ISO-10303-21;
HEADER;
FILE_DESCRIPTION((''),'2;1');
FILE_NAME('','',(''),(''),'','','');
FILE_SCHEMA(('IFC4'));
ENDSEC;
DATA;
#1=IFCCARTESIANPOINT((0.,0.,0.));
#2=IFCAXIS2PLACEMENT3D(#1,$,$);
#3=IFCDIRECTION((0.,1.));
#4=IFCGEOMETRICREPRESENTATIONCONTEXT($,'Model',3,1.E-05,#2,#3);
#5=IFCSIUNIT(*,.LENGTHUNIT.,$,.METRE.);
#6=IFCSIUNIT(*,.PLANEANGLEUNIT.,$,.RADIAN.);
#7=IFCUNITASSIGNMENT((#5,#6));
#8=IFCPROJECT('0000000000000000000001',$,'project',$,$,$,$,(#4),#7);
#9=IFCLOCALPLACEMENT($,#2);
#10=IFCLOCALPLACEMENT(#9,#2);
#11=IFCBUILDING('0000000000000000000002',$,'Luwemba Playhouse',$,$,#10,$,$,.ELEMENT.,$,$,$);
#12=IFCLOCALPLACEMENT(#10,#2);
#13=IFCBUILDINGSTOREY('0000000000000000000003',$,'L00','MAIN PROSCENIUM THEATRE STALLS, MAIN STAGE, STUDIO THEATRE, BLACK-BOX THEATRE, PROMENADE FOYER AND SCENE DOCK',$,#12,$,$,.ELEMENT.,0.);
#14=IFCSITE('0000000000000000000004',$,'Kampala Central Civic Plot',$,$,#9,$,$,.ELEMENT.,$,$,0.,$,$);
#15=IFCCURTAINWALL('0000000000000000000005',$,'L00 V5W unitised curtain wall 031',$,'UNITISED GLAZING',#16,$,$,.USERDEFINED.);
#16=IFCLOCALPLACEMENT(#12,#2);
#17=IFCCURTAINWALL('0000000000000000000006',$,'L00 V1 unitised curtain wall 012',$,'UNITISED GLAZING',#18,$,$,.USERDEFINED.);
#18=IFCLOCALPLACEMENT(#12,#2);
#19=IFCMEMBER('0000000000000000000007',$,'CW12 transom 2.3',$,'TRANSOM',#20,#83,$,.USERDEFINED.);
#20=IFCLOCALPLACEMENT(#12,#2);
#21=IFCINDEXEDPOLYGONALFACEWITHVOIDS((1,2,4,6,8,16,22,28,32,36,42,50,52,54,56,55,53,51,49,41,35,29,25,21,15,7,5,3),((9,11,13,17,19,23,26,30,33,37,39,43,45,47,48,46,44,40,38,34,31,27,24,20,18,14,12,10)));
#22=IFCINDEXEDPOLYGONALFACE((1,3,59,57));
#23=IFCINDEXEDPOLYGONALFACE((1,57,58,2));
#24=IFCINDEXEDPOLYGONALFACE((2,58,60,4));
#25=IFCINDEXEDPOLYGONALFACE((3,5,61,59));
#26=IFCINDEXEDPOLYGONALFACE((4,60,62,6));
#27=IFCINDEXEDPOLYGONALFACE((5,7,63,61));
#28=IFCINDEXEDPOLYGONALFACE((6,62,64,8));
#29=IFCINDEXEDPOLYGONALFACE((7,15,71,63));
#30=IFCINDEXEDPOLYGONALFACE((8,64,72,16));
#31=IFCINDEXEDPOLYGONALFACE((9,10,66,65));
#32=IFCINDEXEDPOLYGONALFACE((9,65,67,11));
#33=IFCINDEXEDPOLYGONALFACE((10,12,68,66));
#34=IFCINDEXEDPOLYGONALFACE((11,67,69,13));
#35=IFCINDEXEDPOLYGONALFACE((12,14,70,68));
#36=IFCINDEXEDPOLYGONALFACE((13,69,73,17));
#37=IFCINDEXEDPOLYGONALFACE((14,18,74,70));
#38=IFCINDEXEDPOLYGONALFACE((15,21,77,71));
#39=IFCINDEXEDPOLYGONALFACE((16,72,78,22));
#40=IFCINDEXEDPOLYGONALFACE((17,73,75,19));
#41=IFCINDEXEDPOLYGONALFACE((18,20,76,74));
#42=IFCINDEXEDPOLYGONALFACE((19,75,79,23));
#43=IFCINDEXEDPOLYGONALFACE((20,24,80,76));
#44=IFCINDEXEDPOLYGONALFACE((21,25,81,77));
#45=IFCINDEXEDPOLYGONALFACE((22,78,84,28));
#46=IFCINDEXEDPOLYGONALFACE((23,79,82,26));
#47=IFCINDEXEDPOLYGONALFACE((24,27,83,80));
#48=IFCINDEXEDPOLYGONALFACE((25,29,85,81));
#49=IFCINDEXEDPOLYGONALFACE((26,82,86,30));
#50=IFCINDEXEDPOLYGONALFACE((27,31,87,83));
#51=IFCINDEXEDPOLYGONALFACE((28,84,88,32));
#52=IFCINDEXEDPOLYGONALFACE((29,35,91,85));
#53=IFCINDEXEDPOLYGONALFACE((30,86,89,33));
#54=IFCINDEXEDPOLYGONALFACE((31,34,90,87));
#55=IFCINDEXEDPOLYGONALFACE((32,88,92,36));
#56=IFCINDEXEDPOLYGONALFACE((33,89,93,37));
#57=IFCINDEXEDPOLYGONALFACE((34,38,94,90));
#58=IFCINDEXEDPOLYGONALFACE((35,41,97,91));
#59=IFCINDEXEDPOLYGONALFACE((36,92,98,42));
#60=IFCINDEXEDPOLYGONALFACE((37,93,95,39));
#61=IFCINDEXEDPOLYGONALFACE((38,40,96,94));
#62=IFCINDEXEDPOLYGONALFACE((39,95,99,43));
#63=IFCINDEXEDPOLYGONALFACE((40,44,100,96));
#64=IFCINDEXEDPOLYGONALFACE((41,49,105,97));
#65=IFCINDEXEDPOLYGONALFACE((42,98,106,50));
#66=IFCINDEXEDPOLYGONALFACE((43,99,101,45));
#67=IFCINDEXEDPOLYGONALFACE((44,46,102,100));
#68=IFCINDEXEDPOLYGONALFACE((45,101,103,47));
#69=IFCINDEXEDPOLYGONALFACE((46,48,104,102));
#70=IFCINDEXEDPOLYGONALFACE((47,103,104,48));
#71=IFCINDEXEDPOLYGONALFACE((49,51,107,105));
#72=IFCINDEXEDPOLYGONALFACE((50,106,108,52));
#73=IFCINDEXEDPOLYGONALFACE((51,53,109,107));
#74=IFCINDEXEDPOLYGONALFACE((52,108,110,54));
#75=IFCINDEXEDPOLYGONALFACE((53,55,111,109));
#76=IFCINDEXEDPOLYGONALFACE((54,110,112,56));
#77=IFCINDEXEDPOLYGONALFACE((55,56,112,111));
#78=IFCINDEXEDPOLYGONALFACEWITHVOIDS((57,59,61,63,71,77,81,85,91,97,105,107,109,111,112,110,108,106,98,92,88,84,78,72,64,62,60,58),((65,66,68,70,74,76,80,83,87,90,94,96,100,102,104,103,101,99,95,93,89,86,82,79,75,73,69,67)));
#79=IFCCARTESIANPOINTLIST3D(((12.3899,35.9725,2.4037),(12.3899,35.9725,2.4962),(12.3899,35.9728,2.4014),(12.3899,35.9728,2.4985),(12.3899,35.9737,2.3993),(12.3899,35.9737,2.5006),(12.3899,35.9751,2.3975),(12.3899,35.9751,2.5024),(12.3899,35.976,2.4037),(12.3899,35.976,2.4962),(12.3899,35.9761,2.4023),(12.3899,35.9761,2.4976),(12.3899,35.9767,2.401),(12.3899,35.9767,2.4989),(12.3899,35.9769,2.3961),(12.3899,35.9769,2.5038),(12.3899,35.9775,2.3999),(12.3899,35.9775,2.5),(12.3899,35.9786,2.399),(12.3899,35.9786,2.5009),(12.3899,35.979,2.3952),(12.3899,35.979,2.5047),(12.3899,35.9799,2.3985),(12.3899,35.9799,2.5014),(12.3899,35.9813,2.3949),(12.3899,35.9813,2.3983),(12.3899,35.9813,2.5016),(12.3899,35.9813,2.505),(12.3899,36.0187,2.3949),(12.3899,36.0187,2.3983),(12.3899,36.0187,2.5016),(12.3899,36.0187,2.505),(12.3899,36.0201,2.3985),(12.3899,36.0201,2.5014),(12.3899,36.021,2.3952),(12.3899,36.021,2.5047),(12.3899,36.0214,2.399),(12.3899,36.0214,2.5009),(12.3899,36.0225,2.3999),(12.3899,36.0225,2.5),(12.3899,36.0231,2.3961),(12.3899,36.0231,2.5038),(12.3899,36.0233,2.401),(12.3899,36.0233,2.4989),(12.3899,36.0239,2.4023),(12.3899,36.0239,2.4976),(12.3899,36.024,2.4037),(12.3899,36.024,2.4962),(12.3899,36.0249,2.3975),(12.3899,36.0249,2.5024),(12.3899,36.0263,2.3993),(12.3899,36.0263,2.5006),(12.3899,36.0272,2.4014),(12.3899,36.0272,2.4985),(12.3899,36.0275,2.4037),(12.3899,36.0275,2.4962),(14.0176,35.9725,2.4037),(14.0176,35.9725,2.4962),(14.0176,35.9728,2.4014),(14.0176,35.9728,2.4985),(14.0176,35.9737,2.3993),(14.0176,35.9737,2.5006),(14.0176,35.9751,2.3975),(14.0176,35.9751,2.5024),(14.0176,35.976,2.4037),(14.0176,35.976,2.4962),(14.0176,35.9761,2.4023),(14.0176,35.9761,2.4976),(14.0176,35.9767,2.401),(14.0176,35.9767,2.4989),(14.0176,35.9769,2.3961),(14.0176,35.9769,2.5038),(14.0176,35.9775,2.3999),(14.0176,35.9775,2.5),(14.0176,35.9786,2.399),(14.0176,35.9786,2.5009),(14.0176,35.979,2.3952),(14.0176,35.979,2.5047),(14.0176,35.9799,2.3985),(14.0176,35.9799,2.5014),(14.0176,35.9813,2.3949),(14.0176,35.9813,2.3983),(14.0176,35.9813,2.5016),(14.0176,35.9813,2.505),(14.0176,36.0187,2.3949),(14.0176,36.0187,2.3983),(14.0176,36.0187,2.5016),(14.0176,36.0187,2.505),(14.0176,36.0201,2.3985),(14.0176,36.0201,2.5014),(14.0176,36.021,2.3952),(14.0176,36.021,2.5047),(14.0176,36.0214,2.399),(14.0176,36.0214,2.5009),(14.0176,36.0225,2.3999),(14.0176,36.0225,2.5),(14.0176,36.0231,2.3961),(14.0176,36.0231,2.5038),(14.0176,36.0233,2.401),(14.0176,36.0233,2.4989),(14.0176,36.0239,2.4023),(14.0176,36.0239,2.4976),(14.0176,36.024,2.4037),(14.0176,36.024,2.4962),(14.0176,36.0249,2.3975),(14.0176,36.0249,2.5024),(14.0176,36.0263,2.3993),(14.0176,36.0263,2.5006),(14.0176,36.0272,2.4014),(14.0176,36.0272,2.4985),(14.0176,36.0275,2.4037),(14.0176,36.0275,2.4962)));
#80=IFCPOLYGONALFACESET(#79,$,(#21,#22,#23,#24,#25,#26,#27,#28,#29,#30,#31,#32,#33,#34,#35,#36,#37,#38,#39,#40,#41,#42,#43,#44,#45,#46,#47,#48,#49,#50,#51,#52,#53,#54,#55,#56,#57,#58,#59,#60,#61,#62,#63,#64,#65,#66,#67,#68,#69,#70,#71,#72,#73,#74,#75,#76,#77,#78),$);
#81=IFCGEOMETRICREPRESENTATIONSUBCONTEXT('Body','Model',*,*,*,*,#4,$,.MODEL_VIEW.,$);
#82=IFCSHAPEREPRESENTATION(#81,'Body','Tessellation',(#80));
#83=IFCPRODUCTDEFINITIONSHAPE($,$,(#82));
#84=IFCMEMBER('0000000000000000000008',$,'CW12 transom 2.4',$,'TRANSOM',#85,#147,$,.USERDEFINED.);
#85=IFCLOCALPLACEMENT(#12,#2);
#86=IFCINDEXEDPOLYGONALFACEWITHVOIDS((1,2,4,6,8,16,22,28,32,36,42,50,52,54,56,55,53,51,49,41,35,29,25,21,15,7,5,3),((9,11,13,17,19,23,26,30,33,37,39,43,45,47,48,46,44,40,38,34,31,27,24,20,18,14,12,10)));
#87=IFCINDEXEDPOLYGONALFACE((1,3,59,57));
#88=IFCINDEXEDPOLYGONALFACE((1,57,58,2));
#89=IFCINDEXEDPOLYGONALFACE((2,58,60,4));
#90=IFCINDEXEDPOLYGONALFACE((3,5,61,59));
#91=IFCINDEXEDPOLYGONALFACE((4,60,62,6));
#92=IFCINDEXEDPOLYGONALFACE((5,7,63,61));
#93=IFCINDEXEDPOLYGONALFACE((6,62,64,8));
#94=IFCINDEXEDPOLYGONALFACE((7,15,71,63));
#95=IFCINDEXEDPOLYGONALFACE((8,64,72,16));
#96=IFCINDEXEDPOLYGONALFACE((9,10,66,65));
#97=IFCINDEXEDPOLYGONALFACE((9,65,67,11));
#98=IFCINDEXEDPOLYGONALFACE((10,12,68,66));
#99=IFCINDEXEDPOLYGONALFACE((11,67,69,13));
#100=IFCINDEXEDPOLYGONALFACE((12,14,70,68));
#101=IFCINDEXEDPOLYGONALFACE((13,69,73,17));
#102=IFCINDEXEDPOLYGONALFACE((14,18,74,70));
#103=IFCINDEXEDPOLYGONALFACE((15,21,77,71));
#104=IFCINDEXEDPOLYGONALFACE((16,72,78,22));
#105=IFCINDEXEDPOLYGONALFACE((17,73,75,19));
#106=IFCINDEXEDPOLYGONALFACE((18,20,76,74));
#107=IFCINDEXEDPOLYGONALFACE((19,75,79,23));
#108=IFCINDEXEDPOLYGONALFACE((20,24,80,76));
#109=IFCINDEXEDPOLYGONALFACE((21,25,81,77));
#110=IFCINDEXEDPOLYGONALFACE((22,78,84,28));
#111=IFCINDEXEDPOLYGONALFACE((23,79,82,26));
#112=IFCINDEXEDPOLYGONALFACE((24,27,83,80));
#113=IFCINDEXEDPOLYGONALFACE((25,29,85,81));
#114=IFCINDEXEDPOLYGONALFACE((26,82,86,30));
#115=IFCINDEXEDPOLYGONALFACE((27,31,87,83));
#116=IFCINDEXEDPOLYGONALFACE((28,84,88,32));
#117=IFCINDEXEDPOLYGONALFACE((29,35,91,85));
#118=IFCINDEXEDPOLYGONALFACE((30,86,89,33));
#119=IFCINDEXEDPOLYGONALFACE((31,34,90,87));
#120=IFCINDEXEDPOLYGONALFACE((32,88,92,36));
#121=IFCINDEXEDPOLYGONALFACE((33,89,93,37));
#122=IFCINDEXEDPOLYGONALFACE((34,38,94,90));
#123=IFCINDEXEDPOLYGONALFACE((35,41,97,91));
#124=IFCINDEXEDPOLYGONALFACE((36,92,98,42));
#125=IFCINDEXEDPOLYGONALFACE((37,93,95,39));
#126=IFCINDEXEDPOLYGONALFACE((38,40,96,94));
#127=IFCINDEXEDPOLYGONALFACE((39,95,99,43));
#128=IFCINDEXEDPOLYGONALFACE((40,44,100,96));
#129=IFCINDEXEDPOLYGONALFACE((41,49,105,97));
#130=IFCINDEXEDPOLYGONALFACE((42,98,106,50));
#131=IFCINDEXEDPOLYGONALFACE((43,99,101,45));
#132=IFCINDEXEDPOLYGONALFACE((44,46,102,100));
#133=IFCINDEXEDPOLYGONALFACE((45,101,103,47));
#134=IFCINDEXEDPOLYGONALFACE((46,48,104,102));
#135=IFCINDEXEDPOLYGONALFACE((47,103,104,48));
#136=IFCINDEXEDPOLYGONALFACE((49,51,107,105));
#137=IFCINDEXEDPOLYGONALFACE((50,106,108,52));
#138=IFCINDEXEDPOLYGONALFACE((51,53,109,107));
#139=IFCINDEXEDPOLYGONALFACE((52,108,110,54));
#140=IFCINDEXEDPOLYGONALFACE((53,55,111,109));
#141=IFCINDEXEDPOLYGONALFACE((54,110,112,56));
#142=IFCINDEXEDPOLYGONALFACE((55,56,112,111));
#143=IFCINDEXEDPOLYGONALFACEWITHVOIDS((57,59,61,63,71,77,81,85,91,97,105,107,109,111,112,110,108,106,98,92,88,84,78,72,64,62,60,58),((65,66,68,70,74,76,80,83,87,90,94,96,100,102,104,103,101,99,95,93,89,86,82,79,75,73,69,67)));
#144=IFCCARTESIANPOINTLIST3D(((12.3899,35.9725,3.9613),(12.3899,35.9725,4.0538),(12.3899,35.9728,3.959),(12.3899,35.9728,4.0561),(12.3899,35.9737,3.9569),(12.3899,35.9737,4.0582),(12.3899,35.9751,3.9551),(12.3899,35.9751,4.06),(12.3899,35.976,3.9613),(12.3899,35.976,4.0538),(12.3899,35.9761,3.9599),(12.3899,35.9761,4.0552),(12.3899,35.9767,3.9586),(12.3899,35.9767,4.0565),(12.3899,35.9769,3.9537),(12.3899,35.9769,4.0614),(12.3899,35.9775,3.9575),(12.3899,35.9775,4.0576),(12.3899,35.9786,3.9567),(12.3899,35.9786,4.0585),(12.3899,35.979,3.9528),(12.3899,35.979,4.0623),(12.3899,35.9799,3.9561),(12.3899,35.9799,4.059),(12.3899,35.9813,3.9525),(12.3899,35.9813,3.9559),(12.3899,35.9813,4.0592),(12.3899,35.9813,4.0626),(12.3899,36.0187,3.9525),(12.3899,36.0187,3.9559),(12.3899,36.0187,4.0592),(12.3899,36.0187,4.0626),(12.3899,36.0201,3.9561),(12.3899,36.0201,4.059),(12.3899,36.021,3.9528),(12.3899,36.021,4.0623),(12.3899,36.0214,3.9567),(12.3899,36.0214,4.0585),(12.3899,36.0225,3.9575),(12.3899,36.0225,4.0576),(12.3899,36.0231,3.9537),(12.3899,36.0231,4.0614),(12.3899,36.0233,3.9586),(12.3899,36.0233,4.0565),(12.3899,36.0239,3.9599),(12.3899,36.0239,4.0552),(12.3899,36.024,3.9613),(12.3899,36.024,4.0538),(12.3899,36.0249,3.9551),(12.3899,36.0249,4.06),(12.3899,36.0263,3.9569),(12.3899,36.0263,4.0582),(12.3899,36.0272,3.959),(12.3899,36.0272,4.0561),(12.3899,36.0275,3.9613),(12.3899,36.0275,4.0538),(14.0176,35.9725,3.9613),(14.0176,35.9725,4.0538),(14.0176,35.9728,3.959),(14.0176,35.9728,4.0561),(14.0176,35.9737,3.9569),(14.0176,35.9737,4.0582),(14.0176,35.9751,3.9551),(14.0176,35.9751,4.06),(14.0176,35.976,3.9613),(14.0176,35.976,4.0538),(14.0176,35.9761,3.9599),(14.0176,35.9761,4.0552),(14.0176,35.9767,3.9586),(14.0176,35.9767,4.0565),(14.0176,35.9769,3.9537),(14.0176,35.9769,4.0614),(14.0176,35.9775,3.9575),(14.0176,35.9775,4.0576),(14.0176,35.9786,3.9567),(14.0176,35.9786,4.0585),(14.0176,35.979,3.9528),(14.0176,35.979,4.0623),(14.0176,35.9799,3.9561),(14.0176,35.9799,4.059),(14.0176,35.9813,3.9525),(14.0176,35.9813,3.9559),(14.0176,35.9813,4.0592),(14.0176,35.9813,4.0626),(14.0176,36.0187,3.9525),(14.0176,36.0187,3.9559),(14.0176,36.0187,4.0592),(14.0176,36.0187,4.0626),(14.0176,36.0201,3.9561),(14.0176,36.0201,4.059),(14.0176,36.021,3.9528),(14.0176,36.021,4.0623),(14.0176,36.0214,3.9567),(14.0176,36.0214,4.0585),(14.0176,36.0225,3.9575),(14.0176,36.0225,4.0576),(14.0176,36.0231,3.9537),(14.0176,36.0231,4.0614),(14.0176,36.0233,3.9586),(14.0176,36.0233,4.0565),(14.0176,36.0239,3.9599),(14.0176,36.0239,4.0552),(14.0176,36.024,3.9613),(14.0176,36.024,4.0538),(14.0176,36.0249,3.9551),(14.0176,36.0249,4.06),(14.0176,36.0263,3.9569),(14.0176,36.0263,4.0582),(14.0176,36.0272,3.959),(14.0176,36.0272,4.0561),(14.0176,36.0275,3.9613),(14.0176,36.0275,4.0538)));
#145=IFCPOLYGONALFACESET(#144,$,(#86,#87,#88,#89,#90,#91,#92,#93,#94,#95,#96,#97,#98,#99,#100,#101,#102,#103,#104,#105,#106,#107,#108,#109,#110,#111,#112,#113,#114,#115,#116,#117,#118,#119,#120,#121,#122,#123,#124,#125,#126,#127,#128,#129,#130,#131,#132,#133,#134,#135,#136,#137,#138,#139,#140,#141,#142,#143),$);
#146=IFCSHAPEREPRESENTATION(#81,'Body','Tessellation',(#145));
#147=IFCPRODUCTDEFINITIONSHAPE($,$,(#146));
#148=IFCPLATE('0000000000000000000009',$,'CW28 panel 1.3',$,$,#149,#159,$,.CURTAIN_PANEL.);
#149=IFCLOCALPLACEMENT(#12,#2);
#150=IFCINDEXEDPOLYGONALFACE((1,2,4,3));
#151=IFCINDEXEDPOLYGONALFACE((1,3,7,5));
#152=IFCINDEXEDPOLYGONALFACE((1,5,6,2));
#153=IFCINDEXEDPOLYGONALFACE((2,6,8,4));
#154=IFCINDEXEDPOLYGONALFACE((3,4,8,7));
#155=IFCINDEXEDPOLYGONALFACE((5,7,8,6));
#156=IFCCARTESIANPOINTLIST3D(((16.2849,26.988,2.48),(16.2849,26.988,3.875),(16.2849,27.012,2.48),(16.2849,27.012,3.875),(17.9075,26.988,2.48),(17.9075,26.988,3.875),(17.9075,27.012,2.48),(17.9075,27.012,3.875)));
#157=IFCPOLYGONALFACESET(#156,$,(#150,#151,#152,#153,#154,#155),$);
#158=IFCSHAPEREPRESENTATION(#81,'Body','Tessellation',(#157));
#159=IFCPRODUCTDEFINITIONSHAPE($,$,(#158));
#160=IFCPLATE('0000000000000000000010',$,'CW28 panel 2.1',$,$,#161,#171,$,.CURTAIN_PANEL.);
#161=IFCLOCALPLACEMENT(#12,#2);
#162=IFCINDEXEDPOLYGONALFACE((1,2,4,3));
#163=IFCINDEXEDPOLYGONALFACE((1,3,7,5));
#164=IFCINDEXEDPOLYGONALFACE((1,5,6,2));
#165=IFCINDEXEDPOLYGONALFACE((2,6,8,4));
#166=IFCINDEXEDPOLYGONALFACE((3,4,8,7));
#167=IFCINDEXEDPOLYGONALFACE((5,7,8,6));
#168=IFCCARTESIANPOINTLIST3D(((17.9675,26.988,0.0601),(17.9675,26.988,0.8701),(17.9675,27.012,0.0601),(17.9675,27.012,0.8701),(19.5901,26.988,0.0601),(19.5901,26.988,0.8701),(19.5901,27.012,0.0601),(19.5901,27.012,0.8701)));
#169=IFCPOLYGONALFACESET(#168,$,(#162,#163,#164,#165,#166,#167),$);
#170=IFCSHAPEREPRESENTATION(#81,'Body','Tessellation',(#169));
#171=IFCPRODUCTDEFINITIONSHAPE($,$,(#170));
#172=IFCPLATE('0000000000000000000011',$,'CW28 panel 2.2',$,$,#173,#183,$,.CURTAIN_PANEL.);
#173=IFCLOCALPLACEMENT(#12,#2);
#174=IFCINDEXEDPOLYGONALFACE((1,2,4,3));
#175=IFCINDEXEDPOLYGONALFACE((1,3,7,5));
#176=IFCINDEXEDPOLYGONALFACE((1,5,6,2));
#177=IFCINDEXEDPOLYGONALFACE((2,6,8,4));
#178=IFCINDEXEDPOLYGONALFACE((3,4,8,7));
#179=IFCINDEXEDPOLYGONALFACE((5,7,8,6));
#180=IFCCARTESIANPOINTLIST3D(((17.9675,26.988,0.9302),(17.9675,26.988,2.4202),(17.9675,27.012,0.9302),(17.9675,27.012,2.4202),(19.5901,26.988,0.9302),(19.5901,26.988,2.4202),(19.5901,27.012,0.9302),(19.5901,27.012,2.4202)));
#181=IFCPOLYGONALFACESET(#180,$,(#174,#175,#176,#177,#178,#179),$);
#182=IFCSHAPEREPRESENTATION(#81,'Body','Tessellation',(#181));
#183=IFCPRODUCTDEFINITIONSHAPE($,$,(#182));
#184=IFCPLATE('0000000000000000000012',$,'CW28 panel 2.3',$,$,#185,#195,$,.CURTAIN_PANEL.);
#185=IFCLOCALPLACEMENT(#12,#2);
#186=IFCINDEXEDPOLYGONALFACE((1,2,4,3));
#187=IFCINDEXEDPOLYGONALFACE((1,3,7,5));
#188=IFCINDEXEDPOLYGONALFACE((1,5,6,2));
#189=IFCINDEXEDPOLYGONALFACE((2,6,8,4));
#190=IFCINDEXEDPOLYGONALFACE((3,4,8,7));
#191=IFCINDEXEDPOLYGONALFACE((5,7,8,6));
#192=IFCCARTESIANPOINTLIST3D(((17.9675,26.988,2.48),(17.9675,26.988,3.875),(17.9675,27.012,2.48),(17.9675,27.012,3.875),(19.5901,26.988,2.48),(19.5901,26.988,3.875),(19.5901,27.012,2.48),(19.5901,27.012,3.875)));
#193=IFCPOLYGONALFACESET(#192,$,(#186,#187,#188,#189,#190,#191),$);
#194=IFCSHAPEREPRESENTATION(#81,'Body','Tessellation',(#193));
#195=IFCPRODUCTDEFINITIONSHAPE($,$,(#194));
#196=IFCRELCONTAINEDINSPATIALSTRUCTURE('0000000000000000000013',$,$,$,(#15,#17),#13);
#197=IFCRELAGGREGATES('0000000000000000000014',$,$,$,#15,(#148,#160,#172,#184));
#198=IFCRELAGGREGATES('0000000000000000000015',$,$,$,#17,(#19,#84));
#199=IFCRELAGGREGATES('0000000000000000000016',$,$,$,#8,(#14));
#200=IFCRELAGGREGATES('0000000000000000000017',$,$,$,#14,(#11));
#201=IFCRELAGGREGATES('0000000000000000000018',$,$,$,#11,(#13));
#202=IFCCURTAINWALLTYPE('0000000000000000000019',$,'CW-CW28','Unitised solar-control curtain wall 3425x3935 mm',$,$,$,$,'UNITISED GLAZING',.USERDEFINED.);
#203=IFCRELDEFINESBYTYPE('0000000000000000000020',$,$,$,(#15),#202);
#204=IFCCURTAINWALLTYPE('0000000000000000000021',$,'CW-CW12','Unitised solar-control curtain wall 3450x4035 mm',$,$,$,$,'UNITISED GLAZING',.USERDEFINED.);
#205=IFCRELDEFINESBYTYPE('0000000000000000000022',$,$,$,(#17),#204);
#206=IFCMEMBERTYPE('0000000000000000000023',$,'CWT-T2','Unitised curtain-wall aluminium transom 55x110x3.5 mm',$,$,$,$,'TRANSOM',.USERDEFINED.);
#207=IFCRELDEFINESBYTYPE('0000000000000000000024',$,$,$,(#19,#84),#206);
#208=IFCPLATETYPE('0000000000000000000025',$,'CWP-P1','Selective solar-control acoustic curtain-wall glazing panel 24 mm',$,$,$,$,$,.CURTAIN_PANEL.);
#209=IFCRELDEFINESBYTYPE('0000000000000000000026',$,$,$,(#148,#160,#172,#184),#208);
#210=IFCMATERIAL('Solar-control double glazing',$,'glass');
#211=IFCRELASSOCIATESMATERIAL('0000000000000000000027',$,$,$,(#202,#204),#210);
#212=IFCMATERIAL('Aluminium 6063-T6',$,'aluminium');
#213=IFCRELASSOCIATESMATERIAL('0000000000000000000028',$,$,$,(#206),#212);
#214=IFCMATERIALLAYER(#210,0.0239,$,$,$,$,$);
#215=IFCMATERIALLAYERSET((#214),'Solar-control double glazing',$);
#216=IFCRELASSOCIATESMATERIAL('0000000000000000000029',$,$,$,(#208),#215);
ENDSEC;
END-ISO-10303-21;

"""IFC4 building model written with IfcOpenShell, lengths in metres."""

from ifc_helpers import new_model, si_unit, direction, frame, origin, origin_2d, place, context, subcontext, project, spatial, rectangle, hollow_rectangle, extrude, material, layer, layer_set, material_profile, profile_set, type_object, element, aggregate, save


model = new_model("IFC4")

# Units and contexts
model_context = context("Model", 3, precision=1e-05, world=origin(), true_north=direction((0.0, 1.0)))
body_context = subcontext(model_context, "Body", "Model", "MODEL_VIEW")
ifc_project = project(units=[si_unit("LENGTHUNIT", "METRE"), si_unit("PLANEANGLEUNIT", "RADIAN")], contexts=[model_context])

# Site, building, storey
site_placement = place(None, origin())
site = spatial("IfcSite", under=ifc_project, at=site_placement, Name="Kampala Central Civic Plot", CompositionType="ELEMENT", RefElevation=0.0)
building_placement = place(site_placement, origin())
building = spatial("IfcBuilding", under=site, at=building_placement, Name="Luwemba Playhouse", CompositionType="ELEMENT")
storey_placement = place(building_placement, origin())
storey = spatial("IfcBuildingStorey", under=building, at=storey_placement, Name="L00", Description="MAIN PROSCENIUM THEATRE STALLS, MAIN STAGE, STUDIO THEATRE, BLACK-BOX THEATRE, PROMENADE FOYER AND SCENE DOCK", CompositionType="ELEMENT", Elevation=0.0)

# Curtain walls
ifc_material_1 = material(Name="Solar-control double glazing", Category="glass")
curtain_wall_type_1 = type_object("IfcCurtainWallType", Name="CW-CW28", Description="Unitised solar-control curtain wall 3425x3935 mm", ElementType="UNITISED GLAZING", PredefinedType="USERDEFINED", material=ifc_material_1)
curtain_wall_1_placement = place(storey_placement, origin())
curtain_wall_1 = element("IfcCurtainWall", 1, at=curtain_wall_1_placement, inside=storey, type_object=curtain_wall_type_1, Name="L00 V5W unitised curtain wall 031", ObjectType="UNITISED GLAZING", PredefinedType="USERDEFINED")
ifc_material_2 = material(Name="Aluminium 6063-T6", Category="aluminium")
curtain_wall_type_2 = type_object("IfcCurtainWallType", Name="CW-CW12", Description="Unitised solar-control curtain wall 3450x4035 mm", ElementType="UNITISED GLAZING", PredefinedType="USERDEFINED", material=ifc_material_1)
curtain_wall_2_placement = place(storey_placement, origin())
curtain_wall_2 = element("IfcCurtainWall", 2, at=curtain_wall_2_placement, inside=storey, type_object=curtain_wall_type_2, Name="L00 V1 unitised curtain wall 012", ObjectType="UNITISED GLAZING", PredefinedType="USERDEFINED")

# Members
ifc_material_profile_1 = material_profile(ifc_material_2, hollow_rectangle(XDim=0.0549, YDim=0.1101, WallThickness=0.0034, InnerFilletRadius=0.0054, OuterFilletRadius=0.0088, at=origin_2d()))
ifc_profile_set_1 = profile_set([ifc_material_profile_1], Name="Aluminium 6063-T6")
member_type_1 = type_object("IfcMemberType", Name="CWT-T2", Description="Unitised curtain-wall aluminium transom 55x110x3.5 mm", ElementType="TRANSOM", PredefinedType="USERDEFINED", material=ifc_profile_set_1)
member_1_placement = place(storey_placement, frame((14.0176, 36.0, 2.45), z_axis=(-1.0, 0.0, 0.0), x_axis=(0.0, -1.0, 0.0)))
member_1 = element("IfcMember", 3, at=member_1_placement, type_object=member_type_1, Name="CW12 transom 2.3", ObjectType="TRANSOM", PredefinedType="USERDEFINED", context=body_context, shape_type="SweptSolid", body=[
    extrude(hollow_rectangle(XDim=0.0549, YDim=0.1101, WallThickness=0.0034, InnerFilletRadius=0.0054, OuterFilletRadius=0.0088, at=origin_2d()), origin(), (0.0, 0.0, 1.0), 1.6277),
])
member_2_placement = place(storey_placement, frame((14.0176, 36.0, 4.0076), z_axis=(-1.0, 0.0, 0.0), x_axis=(0.0, -1.0, 0.0)))
member_2 = element("IfcMember", 4, at=member_2_placement, type_object=member_type_1, Name="CW12 transom 2.4", ObjectType="TRANSOM", PredefinedType="USERDEFINED", context=body_context, shape_type="SweptSolid", body=[
    extrude(hollow_rectangle(XDim=0.0549, YDim=0.1101, WallThickness=0.0034, InnerFilletRadius=0.0054, OuterFilletRadius=0.0088, at=origin_2d()), origin(), (0.0, 0.0, 1.0), 1.6277),
])

# Plates
ifc_layer_1 = layer(ifc_material_1, 0.0239)
ifc_layer_set_1 = layer_set([ifc_layer_1], Name="Solar-control double glazing")
plate_type_1 = type_object("IfcPlateType", Name="CWP-P1", Description="Selective solar-control acoustic curtain-wall glazing panel 24 mm", PredefinedType="CURTAIN_PANEL", material=ifc_layer_set_1)
plate_1_placement = place(storey_placement, frame((17.0962, 27.0, 2.48), z_axis=(0.0, 0.0, 1.0), x_axis=(1.0, 0.0, 0.0)))
plate_1 = element("IfcPlate", 5, at=plate_1_placement, type_object=plate_type_1, Name="CW28 panel 1.3", PredefinedType="CURTAIN_PANEL", context=body_context, shape_type="SweptSolid", body=[
    extrude(rectangle(XDim=1.6226, YDim=0.0239, at=origin_2d()), origin(), (0.0, 0.0, 1.0), 1.395),
])
plate_2_placement = place(storey_placement, frame((18.7788, 27.0, 0.0601), z_axis=(0.0, 0.0, 1.0), x_axis=(1.0, 0.0, 0.0)))
plate_2 = element("IfcPlate", 6, at=plate_2_placement, type_object=plate_type_1, Name="CW28 panel 2.1", PredefinedType="CURTAIN_PANEL", context=body_context, shape_type="SweptSolid", body=[
    extrude(rectangle(XDim=1.6226, YDim=0.0239, at=origin_2d()), origin(), (0.0, 0.0, 1.0), 0.8101),
])
plate_3_placement = place(storey_placement, frame((18.7788, 27.0, 0.9302), z_axis=(0.0, 0.0, 1.0), x_axis=(1.0, 0.0, 0.0)))
plate_3 = element("IfcPlate", 7, at=plate_3_placement, type_object=plate_type_1, Name="CW28 panel 2.2", PredefinedType="CURTAIN_PANEL", context=body_context, shape_type="SweptSolid", body=[
    extrude(rectangle(XDim=1.6226, YDim=0.0239, at=origin_2d()), origin(), (0.0, 0.0, 1.0), 1.49),
])
plate_4_placement = place(storey_placement, frame((18.7788, 27.0, 2.48), z_axis=(0.0, 0.0, 1.0), x_axis=(1.0, 0.0, 0.0)))
plate_4 = element("IfcPlate", 8, at=plate_4_placement, type_object=plate_type_1, Name="CW28 panel 2.3", PredefinedType="CURTAIN_PANEL", context=body_context, shape_type="SweptSolid", body=[
    extrude(rectangle(XDim=1.6226, YDim=0.0239, at=origin_2d()), origin(), (0.0, 0.0, 1.0), 1.395),
])
aggregate(curtain_wall_1, [plate_1, plate_2, plate_3, plate_4])
aggregate(curtain_wall_2, [member_1, member_2])

save(model, "model.ifc")
